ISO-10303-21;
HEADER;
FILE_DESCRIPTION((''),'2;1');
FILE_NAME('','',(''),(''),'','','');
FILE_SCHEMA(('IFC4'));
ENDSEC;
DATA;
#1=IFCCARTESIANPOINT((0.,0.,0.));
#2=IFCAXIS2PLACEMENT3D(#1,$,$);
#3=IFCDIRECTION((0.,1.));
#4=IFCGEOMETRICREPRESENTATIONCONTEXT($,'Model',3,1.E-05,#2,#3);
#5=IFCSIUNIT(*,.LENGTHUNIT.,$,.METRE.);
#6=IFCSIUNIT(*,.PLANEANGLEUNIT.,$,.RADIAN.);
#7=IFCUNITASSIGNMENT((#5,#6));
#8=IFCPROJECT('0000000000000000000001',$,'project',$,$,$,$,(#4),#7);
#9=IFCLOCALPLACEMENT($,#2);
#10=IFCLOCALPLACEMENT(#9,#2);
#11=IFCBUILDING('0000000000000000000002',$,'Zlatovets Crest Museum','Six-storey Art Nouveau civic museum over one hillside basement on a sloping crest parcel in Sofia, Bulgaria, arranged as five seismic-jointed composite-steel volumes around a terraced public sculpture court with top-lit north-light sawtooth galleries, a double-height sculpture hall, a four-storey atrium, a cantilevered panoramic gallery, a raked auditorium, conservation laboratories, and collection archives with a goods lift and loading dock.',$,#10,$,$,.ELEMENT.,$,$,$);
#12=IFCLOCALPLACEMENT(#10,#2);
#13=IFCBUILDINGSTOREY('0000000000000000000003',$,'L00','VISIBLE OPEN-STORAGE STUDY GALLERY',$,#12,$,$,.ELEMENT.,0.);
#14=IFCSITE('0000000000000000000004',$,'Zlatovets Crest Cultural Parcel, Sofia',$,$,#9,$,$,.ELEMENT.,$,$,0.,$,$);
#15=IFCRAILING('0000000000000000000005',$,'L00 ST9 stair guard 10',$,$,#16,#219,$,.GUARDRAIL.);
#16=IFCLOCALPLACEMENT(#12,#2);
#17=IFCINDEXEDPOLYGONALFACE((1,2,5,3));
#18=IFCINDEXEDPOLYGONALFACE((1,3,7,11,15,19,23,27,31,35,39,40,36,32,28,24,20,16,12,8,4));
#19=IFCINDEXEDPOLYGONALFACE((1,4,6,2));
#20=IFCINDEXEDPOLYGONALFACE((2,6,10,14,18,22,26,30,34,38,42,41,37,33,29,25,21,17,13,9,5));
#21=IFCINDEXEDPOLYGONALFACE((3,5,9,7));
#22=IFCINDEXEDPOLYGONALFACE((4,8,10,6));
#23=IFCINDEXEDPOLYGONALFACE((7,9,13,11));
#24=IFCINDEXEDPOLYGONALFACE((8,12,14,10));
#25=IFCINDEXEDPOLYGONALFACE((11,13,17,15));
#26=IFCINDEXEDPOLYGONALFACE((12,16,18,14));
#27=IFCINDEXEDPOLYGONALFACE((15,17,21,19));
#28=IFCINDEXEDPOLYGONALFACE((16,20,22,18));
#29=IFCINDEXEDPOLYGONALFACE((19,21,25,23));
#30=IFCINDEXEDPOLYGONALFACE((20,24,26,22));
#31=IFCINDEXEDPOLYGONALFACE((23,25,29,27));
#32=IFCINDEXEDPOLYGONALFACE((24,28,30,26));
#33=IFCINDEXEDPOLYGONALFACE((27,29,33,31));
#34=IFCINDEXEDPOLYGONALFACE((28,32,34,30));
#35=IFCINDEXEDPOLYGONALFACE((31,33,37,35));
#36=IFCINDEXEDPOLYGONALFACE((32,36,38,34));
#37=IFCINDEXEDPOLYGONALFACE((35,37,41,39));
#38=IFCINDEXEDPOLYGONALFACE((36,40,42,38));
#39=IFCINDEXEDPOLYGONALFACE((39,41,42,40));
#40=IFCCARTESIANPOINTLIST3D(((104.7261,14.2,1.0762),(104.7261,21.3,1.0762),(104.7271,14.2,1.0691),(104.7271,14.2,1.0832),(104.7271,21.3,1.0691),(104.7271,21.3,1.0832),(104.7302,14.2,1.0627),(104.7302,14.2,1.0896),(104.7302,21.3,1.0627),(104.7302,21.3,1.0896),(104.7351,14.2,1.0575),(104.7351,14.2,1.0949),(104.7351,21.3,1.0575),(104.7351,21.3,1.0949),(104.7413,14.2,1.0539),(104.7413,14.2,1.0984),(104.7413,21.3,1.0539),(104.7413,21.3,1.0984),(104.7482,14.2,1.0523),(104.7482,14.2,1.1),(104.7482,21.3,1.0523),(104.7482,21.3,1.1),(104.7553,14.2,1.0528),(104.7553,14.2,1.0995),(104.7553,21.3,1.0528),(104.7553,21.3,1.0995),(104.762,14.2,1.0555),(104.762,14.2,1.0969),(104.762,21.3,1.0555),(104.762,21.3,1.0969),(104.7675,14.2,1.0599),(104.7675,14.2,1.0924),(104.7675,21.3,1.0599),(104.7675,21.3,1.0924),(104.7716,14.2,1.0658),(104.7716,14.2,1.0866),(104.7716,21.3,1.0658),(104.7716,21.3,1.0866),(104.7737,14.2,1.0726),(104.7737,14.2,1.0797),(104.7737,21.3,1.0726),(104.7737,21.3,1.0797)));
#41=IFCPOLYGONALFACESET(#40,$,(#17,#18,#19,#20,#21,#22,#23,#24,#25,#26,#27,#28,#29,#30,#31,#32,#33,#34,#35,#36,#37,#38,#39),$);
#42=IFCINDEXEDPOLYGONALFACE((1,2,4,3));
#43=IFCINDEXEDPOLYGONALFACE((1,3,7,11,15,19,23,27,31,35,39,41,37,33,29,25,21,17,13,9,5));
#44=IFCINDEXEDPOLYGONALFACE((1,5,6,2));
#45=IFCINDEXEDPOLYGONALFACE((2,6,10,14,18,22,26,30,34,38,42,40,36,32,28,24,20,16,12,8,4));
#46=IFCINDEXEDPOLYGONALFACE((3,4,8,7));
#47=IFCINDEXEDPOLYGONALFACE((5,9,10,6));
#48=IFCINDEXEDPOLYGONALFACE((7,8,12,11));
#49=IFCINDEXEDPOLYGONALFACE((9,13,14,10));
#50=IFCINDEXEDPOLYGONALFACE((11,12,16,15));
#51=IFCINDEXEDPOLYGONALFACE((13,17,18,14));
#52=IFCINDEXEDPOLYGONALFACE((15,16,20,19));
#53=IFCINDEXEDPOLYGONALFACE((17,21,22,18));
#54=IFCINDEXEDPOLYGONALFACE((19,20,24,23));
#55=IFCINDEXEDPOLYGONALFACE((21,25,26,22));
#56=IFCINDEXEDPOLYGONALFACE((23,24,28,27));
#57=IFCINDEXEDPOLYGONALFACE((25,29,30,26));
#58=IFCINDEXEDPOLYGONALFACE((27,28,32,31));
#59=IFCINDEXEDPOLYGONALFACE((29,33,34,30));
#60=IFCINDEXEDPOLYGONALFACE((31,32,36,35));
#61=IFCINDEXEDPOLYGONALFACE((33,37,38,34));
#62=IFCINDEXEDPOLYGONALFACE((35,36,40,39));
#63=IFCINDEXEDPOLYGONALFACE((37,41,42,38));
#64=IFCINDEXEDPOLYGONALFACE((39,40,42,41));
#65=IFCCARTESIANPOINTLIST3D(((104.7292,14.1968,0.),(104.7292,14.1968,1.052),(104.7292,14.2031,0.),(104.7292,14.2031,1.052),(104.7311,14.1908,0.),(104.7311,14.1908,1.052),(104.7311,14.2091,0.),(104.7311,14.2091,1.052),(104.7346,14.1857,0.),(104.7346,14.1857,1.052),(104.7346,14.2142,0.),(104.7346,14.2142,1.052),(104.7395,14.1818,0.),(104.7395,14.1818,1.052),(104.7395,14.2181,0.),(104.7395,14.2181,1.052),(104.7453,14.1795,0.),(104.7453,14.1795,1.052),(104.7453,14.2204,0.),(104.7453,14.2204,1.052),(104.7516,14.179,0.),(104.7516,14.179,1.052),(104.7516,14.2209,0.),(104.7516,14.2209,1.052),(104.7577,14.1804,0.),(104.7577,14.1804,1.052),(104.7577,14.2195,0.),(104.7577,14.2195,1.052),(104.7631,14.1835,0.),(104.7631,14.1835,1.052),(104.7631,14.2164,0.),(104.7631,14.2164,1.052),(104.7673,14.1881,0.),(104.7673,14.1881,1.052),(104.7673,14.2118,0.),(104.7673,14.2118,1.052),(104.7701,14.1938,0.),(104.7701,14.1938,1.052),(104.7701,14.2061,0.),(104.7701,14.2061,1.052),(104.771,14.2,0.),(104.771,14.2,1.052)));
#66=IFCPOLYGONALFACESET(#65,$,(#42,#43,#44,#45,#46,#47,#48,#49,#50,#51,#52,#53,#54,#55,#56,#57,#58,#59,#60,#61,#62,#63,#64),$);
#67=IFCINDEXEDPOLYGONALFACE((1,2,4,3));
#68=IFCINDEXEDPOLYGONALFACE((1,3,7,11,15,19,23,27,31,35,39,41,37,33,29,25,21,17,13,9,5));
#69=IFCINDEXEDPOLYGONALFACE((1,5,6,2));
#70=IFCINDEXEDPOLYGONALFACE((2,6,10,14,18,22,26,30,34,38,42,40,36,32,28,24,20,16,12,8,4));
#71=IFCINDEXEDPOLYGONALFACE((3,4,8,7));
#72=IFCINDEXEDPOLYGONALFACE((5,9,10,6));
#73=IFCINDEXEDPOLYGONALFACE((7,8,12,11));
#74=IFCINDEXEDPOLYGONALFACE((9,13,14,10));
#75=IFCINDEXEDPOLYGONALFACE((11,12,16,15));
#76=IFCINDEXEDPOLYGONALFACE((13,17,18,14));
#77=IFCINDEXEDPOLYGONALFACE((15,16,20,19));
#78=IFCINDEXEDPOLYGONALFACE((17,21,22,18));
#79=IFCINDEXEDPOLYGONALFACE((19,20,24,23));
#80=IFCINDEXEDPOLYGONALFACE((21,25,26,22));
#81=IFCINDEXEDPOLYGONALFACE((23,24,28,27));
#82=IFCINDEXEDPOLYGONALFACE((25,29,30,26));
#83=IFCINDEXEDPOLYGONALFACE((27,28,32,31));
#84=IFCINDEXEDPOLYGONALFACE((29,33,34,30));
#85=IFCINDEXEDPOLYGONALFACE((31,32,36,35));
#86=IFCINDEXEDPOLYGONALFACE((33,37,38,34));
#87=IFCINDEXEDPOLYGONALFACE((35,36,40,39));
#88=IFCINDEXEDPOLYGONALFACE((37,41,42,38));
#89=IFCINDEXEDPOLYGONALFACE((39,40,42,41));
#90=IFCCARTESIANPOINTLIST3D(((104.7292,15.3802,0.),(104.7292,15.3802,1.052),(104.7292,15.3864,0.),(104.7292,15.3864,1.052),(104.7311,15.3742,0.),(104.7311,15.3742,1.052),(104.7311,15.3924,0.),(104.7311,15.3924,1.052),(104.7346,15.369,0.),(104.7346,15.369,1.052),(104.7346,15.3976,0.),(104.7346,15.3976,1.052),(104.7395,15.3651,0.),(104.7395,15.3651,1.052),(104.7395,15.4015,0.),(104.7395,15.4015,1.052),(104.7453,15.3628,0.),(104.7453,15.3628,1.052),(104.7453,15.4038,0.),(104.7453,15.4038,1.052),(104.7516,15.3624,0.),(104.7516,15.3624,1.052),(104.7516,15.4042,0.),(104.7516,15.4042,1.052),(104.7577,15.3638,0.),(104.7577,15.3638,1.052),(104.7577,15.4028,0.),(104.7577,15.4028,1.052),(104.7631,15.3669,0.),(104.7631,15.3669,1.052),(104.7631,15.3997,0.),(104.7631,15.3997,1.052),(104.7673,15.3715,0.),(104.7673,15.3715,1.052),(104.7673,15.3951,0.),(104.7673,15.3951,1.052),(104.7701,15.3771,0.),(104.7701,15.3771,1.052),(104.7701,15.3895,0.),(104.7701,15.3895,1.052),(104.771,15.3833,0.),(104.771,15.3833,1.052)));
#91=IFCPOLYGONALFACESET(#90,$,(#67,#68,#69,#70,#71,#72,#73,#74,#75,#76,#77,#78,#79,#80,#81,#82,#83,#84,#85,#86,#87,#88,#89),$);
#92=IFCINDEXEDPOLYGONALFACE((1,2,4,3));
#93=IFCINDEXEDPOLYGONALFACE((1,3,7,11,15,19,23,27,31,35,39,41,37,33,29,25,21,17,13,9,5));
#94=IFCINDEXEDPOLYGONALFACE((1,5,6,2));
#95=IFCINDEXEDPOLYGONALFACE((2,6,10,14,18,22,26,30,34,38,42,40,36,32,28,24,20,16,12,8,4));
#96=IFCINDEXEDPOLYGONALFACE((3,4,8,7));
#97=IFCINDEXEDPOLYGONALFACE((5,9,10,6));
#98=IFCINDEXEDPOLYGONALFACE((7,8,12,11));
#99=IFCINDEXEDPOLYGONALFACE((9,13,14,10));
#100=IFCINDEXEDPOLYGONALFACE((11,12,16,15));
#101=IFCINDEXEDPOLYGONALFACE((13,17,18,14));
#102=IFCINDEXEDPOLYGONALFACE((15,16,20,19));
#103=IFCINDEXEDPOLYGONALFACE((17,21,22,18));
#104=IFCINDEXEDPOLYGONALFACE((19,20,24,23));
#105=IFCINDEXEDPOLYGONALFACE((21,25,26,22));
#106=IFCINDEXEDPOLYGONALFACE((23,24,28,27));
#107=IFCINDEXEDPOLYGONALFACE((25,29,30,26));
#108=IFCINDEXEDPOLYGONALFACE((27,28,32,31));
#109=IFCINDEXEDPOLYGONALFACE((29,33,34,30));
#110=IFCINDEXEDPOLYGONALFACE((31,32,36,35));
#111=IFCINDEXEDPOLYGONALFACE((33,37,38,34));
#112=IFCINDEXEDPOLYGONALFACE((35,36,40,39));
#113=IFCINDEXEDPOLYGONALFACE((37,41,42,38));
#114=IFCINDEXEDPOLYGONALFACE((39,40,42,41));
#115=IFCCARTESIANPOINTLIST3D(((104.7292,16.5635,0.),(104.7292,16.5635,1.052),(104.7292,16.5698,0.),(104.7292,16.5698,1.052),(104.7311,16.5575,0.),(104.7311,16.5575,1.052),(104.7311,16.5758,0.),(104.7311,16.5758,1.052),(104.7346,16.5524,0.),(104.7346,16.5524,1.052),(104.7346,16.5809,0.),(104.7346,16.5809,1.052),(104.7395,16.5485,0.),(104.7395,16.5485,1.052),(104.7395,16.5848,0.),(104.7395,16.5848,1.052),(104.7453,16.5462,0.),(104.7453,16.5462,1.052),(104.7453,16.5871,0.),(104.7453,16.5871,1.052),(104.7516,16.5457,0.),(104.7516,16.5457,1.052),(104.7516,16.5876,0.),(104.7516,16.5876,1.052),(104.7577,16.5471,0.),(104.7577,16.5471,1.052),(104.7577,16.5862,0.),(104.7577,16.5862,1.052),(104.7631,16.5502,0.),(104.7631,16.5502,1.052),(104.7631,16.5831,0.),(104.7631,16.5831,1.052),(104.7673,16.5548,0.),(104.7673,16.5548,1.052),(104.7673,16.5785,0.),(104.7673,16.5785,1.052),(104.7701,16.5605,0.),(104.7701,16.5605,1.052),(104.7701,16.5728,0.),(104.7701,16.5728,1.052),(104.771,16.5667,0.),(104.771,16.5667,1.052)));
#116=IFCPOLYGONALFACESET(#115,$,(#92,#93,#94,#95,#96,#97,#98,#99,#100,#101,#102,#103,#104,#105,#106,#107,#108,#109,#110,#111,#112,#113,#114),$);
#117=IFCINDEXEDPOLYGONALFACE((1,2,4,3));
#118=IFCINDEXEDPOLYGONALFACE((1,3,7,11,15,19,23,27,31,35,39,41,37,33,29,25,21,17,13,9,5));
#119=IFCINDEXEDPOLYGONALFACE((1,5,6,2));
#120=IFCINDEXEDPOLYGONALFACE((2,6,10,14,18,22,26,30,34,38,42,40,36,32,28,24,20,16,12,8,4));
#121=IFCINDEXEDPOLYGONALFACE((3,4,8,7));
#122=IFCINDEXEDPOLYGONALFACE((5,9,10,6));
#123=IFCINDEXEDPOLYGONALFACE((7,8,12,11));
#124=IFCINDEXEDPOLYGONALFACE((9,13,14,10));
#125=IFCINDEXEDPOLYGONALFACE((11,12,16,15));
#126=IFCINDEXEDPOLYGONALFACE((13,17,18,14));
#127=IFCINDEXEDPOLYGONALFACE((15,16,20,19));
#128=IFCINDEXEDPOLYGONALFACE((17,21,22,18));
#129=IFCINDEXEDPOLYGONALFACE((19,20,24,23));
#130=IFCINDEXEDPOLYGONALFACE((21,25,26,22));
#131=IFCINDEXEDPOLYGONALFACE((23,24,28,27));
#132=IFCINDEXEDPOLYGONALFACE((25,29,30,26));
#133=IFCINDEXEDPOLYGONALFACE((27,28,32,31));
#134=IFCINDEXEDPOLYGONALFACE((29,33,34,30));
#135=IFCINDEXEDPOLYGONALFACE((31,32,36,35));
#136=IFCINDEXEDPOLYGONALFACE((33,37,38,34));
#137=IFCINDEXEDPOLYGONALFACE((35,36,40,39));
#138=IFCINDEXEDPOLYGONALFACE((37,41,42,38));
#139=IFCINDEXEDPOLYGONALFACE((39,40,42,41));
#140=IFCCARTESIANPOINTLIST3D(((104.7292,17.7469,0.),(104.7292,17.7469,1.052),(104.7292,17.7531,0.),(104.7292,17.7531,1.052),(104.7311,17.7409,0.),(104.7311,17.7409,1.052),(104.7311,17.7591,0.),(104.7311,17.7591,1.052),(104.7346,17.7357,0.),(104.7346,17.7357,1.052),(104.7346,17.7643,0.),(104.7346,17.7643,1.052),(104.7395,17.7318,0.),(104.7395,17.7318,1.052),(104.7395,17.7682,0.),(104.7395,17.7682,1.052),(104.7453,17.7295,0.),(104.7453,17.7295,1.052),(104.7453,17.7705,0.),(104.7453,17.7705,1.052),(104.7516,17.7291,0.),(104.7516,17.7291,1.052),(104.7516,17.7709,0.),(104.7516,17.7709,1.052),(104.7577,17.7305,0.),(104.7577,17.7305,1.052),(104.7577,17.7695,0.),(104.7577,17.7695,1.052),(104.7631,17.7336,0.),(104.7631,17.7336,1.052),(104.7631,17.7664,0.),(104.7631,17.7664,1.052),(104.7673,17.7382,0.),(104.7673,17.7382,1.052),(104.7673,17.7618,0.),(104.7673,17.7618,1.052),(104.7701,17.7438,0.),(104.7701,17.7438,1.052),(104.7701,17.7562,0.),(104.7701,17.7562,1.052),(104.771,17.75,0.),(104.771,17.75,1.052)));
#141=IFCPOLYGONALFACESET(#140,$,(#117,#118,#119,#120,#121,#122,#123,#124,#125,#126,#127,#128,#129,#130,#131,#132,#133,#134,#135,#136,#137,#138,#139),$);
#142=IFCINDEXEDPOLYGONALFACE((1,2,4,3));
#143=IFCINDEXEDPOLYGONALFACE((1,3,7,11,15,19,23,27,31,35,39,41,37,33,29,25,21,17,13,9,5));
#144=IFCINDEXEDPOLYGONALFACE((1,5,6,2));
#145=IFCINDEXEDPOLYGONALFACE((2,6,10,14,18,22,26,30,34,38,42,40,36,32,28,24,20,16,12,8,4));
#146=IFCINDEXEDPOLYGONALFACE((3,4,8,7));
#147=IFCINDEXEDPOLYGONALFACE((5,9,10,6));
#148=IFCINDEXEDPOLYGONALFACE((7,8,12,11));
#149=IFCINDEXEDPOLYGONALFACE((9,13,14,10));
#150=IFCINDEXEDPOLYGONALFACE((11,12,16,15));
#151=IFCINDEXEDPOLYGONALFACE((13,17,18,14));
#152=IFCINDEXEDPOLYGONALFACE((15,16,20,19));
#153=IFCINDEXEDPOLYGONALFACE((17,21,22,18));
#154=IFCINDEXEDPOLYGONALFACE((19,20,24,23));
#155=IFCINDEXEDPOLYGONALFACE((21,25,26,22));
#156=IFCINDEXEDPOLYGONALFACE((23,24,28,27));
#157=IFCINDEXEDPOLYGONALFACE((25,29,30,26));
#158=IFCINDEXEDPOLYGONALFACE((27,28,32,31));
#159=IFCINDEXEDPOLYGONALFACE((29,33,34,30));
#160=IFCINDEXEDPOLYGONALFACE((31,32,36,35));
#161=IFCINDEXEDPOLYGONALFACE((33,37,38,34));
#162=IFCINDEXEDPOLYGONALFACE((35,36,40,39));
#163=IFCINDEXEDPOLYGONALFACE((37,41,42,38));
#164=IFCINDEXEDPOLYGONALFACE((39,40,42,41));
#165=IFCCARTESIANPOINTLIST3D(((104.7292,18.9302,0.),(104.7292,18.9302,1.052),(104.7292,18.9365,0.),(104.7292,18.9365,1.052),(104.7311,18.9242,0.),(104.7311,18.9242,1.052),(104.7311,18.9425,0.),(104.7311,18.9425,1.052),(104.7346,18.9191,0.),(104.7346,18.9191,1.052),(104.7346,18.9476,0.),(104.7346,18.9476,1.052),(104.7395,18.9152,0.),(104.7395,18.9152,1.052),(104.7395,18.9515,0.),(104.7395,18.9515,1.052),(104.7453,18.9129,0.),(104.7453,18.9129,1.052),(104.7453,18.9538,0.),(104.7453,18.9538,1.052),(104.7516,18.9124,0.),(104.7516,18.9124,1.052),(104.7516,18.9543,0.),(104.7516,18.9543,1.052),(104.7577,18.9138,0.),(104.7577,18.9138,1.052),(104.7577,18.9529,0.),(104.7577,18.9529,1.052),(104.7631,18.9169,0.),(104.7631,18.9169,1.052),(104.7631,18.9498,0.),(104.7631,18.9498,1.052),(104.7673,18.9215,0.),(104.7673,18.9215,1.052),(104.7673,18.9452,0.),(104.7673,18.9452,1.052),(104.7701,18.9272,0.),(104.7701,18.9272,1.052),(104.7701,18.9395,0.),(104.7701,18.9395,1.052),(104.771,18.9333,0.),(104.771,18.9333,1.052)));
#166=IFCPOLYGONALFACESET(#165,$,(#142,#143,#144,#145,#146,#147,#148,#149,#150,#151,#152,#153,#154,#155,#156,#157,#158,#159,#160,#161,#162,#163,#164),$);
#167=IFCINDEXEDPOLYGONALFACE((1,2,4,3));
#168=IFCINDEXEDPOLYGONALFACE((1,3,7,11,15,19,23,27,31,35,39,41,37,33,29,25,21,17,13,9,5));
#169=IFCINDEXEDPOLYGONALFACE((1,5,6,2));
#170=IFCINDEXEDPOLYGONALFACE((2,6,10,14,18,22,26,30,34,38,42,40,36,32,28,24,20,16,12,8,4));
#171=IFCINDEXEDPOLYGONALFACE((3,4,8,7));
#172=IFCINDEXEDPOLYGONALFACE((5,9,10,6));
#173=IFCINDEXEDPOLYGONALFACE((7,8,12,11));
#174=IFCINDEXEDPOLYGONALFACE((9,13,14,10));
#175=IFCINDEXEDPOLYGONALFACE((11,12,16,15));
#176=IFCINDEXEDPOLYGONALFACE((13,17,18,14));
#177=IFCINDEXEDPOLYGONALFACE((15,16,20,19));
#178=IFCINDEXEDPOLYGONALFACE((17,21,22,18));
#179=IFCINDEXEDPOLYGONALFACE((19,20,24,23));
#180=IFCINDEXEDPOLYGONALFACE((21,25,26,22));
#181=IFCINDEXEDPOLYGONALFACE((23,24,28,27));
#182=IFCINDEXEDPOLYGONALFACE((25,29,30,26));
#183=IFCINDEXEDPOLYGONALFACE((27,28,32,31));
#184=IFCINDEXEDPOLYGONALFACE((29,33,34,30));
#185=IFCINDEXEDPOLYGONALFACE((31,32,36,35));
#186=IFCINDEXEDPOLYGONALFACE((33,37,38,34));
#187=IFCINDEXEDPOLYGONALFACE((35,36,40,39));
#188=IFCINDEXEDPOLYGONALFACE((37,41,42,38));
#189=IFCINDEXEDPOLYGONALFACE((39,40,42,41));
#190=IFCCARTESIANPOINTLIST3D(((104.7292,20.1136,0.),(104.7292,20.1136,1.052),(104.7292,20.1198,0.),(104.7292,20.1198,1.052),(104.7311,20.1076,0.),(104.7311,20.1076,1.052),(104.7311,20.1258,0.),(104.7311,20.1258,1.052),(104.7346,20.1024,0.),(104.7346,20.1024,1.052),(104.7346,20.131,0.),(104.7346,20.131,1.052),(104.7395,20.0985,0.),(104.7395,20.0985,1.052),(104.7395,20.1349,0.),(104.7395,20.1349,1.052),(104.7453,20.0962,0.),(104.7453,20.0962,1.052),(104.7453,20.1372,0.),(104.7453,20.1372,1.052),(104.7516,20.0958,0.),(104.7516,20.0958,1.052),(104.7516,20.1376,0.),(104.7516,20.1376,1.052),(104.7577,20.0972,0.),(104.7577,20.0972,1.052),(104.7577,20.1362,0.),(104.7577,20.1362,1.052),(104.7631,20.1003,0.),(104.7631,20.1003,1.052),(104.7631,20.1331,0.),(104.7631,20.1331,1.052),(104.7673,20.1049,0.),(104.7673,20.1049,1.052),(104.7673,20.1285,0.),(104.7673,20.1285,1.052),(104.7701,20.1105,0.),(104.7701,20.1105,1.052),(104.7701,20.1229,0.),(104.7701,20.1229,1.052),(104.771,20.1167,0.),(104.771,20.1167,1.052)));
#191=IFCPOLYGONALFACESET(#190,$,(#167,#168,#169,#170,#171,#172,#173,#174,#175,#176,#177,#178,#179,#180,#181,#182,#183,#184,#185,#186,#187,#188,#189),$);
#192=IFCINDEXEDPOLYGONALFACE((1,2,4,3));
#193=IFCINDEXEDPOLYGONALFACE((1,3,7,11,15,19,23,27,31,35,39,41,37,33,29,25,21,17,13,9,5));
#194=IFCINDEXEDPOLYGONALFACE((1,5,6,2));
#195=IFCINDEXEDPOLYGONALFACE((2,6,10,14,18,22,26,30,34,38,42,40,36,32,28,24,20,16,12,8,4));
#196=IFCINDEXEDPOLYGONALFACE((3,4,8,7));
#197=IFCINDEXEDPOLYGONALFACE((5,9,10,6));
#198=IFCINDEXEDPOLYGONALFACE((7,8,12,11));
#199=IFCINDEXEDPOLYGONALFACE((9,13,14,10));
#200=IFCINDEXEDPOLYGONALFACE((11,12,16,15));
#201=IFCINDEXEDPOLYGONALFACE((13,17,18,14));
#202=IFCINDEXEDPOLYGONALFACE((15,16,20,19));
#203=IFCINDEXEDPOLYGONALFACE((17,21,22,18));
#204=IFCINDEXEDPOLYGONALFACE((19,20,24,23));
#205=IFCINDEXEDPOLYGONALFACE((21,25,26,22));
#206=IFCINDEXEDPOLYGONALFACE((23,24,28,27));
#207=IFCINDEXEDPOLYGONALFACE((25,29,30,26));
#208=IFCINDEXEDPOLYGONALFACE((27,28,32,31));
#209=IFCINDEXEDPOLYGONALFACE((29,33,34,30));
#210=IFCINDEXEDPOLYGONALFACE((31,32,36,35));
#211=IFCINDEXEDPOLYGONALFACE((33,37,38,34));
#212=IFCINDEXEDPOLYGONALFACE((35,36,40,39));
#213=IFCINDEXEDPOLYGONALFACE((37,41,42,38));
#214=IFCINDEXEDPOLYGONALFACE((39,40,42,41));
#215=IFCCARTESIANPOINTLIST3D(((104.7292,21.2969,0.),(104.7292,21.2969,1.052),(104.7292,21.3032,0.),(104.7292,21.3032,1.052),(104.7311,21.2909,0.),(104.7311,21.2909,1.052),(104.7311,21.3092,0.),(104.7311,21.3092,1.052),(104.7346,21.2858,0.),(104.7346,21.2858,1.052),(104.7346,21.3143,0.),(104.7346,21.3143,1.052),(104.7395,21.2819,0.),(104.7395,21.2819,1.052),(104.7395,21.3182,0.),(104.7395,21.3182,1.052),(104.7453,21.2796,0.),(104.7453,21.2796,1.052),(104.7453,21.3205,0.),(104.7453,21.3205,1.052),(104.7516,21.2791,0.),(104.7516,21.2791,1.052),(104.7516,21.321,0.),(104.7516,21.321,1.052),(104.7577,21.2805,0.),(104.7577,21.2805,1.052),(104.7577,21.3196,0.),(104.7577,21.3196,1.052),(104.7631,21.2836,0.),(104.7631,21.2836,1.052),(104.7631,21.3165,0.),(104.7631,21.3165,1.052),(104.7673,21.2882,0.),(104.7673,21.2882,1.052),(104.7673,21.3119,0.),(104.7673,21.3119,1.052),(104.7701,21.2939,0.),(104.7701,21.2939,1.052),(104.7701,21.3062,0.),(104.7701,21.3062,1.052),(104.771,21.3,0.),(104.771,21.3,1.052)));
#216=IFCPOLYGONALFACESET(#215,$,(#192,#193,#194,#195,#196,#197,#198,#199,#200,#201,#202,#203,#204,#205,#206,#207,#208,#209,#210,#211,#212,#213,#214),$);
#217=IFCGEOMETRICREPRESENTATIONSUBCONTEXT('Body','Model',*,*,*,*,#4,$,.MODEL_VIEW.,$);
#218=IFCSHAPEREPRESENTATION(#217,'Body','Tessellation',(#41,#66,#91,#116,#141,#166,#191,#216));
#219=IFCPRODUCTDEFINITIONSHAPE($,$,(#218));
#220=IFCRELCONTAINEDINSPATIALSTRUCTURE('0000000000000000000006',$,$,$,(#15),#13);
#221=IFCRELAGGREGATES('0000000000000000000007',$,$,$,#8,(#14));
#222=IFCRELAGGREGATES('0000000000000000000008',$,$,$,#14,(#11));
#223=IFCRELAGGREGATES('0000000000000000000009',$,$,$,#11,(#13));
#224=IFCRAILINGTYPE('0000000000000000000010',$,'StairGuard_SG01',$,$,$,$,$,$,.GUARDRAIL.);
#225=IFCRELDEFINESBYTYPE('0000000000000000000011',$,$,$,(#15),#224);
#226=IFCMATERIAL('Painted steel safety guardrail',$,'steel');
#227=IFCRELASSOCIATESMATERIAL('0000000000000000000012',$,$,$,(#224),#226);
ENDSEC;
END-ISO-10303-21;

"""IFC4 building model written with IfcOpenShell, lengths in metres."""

from ifc_helpers import new_model, si_unit, direction, frame, origin, origin_2d, place, context, subcontext, project, spatial, circle, extrude, material, type_object, element, save


model = new_model("IFC4")

# Units and contexts
model_context = context("Model", 3, precision=1e-05, world=origin(), true_north=direction((0.0, 1.0)))
body_context = subcontext(model_context, "Body", "Model", "MODEL_VIEW")
ifc_project = project(units=[si_unit("LENGTHUNIT", "METRE"), si_unit("PLANEANGLEUNIT", "RADIAN")], contexts=[model_context])

# Site, building, storey
site_placement = place(None, origin())
site = spatial("IfcSite", under=ifc_project, at=site_placement, Name="Zlatovets Crest Cultural Parcel, Sofia", CompositionType="ELEMENT", RefElevation=0.0)
building_placement = place(site_placement, origin())
building = spatial("IfcBuilding", under=site, at=building_placement, Name="Zlatovets Crest Museum", Description="Six-storey Art Nouveau civic museum over one hillside basement on a sloping crest parcel in Sofia, Bulgaria, arranged as five seismic-jointed composite-steel volumes around a terraced public sculpture court with top-lit north-light sawtooth galleries, a double-height sculpture hall, a four-storey atrium, a cantilevered panoramic gallery, a raked auditorium, conservation laboratories, and collection archives with a goods lift and loading dock.", CompositionType="ELEMENT")
storey_placement = place(building_placement, origin())
storey = spatial("IfcBuildingStorey", under=building, at=storey_placement, Name="L00", Description="VISIBLE OPEN-STORAGE STUDY GALLERY", CompositionType="ELEMENT", Elevation=0.0)

# Railing
ifc_material_1 = material(Name="Painted steel safety guardrail", Category="steel")
railing_type_1 = type_object("IfcRailingType", Name="StairGuard_SG01", PredefinedType="GUARDRAIL", material=ifc_material_1)
for number, where, name in (
    (1, (104.75, 14.2, 0.0), "L00 ST9 stair guard 10"),
):
    element("IfcRailing", number, at=place(storey_placement, frame(where)), inside=storey, type_object=railing_type_1, Name=name, PredefinedType="GUARDRAIL", context=body_context, shape_type="SweptSolid", body=[
        extrude(circle(Radius=0.0239, at=origin_2d()), frame((0.0, 0.0, 1.0762), z_axis=(0.0, 1.0, 0.0), x_axis=(-1.0, 0.0, 0.0)), (0.0, 0.0, 1.0), 7.1001),
        extrude(circle(Radius=0.021, at=origin_2d()), origin(), (0.0, 0.0, 1.0), 1.052),
        extrude(circle(Radius=0.021, at=origin_2d()), frame((0.0, 1.1833, 0.0)), (0.0, 0.0, 1.0), 1.052),
        extrude(circle(Radius=0.021, at=origin_2d()), frame((0.0, 2.3667, 0.0)), (0.0, 0.0, 1.0), 1.052),
        extrude(circle(Radius=0.021, at=origin_2d()), frame((0.0, 3.55, 0.0)), (0.0, 0.0, 1.0), 1.052),
        extrude(circle(Radius=0.021, at=origin_2d()), frame((0.0, 4.7334, 0.0)), (0.0, 0.0, 1.0), 1.052),
        extrude(circle(Radius=0.021, at=origin_2d()), frame((0.0, 5.9167, 0.0)), (0.0, 0.0, 1.0), 1.052),
        extrude(circle(Radius=0.021, at=origin_2d()), frame((0.0, 7.1001, 0.0)), (0.0, 0.0, 1.0), 1.052),
    ])

save(model, "model.ifc")
